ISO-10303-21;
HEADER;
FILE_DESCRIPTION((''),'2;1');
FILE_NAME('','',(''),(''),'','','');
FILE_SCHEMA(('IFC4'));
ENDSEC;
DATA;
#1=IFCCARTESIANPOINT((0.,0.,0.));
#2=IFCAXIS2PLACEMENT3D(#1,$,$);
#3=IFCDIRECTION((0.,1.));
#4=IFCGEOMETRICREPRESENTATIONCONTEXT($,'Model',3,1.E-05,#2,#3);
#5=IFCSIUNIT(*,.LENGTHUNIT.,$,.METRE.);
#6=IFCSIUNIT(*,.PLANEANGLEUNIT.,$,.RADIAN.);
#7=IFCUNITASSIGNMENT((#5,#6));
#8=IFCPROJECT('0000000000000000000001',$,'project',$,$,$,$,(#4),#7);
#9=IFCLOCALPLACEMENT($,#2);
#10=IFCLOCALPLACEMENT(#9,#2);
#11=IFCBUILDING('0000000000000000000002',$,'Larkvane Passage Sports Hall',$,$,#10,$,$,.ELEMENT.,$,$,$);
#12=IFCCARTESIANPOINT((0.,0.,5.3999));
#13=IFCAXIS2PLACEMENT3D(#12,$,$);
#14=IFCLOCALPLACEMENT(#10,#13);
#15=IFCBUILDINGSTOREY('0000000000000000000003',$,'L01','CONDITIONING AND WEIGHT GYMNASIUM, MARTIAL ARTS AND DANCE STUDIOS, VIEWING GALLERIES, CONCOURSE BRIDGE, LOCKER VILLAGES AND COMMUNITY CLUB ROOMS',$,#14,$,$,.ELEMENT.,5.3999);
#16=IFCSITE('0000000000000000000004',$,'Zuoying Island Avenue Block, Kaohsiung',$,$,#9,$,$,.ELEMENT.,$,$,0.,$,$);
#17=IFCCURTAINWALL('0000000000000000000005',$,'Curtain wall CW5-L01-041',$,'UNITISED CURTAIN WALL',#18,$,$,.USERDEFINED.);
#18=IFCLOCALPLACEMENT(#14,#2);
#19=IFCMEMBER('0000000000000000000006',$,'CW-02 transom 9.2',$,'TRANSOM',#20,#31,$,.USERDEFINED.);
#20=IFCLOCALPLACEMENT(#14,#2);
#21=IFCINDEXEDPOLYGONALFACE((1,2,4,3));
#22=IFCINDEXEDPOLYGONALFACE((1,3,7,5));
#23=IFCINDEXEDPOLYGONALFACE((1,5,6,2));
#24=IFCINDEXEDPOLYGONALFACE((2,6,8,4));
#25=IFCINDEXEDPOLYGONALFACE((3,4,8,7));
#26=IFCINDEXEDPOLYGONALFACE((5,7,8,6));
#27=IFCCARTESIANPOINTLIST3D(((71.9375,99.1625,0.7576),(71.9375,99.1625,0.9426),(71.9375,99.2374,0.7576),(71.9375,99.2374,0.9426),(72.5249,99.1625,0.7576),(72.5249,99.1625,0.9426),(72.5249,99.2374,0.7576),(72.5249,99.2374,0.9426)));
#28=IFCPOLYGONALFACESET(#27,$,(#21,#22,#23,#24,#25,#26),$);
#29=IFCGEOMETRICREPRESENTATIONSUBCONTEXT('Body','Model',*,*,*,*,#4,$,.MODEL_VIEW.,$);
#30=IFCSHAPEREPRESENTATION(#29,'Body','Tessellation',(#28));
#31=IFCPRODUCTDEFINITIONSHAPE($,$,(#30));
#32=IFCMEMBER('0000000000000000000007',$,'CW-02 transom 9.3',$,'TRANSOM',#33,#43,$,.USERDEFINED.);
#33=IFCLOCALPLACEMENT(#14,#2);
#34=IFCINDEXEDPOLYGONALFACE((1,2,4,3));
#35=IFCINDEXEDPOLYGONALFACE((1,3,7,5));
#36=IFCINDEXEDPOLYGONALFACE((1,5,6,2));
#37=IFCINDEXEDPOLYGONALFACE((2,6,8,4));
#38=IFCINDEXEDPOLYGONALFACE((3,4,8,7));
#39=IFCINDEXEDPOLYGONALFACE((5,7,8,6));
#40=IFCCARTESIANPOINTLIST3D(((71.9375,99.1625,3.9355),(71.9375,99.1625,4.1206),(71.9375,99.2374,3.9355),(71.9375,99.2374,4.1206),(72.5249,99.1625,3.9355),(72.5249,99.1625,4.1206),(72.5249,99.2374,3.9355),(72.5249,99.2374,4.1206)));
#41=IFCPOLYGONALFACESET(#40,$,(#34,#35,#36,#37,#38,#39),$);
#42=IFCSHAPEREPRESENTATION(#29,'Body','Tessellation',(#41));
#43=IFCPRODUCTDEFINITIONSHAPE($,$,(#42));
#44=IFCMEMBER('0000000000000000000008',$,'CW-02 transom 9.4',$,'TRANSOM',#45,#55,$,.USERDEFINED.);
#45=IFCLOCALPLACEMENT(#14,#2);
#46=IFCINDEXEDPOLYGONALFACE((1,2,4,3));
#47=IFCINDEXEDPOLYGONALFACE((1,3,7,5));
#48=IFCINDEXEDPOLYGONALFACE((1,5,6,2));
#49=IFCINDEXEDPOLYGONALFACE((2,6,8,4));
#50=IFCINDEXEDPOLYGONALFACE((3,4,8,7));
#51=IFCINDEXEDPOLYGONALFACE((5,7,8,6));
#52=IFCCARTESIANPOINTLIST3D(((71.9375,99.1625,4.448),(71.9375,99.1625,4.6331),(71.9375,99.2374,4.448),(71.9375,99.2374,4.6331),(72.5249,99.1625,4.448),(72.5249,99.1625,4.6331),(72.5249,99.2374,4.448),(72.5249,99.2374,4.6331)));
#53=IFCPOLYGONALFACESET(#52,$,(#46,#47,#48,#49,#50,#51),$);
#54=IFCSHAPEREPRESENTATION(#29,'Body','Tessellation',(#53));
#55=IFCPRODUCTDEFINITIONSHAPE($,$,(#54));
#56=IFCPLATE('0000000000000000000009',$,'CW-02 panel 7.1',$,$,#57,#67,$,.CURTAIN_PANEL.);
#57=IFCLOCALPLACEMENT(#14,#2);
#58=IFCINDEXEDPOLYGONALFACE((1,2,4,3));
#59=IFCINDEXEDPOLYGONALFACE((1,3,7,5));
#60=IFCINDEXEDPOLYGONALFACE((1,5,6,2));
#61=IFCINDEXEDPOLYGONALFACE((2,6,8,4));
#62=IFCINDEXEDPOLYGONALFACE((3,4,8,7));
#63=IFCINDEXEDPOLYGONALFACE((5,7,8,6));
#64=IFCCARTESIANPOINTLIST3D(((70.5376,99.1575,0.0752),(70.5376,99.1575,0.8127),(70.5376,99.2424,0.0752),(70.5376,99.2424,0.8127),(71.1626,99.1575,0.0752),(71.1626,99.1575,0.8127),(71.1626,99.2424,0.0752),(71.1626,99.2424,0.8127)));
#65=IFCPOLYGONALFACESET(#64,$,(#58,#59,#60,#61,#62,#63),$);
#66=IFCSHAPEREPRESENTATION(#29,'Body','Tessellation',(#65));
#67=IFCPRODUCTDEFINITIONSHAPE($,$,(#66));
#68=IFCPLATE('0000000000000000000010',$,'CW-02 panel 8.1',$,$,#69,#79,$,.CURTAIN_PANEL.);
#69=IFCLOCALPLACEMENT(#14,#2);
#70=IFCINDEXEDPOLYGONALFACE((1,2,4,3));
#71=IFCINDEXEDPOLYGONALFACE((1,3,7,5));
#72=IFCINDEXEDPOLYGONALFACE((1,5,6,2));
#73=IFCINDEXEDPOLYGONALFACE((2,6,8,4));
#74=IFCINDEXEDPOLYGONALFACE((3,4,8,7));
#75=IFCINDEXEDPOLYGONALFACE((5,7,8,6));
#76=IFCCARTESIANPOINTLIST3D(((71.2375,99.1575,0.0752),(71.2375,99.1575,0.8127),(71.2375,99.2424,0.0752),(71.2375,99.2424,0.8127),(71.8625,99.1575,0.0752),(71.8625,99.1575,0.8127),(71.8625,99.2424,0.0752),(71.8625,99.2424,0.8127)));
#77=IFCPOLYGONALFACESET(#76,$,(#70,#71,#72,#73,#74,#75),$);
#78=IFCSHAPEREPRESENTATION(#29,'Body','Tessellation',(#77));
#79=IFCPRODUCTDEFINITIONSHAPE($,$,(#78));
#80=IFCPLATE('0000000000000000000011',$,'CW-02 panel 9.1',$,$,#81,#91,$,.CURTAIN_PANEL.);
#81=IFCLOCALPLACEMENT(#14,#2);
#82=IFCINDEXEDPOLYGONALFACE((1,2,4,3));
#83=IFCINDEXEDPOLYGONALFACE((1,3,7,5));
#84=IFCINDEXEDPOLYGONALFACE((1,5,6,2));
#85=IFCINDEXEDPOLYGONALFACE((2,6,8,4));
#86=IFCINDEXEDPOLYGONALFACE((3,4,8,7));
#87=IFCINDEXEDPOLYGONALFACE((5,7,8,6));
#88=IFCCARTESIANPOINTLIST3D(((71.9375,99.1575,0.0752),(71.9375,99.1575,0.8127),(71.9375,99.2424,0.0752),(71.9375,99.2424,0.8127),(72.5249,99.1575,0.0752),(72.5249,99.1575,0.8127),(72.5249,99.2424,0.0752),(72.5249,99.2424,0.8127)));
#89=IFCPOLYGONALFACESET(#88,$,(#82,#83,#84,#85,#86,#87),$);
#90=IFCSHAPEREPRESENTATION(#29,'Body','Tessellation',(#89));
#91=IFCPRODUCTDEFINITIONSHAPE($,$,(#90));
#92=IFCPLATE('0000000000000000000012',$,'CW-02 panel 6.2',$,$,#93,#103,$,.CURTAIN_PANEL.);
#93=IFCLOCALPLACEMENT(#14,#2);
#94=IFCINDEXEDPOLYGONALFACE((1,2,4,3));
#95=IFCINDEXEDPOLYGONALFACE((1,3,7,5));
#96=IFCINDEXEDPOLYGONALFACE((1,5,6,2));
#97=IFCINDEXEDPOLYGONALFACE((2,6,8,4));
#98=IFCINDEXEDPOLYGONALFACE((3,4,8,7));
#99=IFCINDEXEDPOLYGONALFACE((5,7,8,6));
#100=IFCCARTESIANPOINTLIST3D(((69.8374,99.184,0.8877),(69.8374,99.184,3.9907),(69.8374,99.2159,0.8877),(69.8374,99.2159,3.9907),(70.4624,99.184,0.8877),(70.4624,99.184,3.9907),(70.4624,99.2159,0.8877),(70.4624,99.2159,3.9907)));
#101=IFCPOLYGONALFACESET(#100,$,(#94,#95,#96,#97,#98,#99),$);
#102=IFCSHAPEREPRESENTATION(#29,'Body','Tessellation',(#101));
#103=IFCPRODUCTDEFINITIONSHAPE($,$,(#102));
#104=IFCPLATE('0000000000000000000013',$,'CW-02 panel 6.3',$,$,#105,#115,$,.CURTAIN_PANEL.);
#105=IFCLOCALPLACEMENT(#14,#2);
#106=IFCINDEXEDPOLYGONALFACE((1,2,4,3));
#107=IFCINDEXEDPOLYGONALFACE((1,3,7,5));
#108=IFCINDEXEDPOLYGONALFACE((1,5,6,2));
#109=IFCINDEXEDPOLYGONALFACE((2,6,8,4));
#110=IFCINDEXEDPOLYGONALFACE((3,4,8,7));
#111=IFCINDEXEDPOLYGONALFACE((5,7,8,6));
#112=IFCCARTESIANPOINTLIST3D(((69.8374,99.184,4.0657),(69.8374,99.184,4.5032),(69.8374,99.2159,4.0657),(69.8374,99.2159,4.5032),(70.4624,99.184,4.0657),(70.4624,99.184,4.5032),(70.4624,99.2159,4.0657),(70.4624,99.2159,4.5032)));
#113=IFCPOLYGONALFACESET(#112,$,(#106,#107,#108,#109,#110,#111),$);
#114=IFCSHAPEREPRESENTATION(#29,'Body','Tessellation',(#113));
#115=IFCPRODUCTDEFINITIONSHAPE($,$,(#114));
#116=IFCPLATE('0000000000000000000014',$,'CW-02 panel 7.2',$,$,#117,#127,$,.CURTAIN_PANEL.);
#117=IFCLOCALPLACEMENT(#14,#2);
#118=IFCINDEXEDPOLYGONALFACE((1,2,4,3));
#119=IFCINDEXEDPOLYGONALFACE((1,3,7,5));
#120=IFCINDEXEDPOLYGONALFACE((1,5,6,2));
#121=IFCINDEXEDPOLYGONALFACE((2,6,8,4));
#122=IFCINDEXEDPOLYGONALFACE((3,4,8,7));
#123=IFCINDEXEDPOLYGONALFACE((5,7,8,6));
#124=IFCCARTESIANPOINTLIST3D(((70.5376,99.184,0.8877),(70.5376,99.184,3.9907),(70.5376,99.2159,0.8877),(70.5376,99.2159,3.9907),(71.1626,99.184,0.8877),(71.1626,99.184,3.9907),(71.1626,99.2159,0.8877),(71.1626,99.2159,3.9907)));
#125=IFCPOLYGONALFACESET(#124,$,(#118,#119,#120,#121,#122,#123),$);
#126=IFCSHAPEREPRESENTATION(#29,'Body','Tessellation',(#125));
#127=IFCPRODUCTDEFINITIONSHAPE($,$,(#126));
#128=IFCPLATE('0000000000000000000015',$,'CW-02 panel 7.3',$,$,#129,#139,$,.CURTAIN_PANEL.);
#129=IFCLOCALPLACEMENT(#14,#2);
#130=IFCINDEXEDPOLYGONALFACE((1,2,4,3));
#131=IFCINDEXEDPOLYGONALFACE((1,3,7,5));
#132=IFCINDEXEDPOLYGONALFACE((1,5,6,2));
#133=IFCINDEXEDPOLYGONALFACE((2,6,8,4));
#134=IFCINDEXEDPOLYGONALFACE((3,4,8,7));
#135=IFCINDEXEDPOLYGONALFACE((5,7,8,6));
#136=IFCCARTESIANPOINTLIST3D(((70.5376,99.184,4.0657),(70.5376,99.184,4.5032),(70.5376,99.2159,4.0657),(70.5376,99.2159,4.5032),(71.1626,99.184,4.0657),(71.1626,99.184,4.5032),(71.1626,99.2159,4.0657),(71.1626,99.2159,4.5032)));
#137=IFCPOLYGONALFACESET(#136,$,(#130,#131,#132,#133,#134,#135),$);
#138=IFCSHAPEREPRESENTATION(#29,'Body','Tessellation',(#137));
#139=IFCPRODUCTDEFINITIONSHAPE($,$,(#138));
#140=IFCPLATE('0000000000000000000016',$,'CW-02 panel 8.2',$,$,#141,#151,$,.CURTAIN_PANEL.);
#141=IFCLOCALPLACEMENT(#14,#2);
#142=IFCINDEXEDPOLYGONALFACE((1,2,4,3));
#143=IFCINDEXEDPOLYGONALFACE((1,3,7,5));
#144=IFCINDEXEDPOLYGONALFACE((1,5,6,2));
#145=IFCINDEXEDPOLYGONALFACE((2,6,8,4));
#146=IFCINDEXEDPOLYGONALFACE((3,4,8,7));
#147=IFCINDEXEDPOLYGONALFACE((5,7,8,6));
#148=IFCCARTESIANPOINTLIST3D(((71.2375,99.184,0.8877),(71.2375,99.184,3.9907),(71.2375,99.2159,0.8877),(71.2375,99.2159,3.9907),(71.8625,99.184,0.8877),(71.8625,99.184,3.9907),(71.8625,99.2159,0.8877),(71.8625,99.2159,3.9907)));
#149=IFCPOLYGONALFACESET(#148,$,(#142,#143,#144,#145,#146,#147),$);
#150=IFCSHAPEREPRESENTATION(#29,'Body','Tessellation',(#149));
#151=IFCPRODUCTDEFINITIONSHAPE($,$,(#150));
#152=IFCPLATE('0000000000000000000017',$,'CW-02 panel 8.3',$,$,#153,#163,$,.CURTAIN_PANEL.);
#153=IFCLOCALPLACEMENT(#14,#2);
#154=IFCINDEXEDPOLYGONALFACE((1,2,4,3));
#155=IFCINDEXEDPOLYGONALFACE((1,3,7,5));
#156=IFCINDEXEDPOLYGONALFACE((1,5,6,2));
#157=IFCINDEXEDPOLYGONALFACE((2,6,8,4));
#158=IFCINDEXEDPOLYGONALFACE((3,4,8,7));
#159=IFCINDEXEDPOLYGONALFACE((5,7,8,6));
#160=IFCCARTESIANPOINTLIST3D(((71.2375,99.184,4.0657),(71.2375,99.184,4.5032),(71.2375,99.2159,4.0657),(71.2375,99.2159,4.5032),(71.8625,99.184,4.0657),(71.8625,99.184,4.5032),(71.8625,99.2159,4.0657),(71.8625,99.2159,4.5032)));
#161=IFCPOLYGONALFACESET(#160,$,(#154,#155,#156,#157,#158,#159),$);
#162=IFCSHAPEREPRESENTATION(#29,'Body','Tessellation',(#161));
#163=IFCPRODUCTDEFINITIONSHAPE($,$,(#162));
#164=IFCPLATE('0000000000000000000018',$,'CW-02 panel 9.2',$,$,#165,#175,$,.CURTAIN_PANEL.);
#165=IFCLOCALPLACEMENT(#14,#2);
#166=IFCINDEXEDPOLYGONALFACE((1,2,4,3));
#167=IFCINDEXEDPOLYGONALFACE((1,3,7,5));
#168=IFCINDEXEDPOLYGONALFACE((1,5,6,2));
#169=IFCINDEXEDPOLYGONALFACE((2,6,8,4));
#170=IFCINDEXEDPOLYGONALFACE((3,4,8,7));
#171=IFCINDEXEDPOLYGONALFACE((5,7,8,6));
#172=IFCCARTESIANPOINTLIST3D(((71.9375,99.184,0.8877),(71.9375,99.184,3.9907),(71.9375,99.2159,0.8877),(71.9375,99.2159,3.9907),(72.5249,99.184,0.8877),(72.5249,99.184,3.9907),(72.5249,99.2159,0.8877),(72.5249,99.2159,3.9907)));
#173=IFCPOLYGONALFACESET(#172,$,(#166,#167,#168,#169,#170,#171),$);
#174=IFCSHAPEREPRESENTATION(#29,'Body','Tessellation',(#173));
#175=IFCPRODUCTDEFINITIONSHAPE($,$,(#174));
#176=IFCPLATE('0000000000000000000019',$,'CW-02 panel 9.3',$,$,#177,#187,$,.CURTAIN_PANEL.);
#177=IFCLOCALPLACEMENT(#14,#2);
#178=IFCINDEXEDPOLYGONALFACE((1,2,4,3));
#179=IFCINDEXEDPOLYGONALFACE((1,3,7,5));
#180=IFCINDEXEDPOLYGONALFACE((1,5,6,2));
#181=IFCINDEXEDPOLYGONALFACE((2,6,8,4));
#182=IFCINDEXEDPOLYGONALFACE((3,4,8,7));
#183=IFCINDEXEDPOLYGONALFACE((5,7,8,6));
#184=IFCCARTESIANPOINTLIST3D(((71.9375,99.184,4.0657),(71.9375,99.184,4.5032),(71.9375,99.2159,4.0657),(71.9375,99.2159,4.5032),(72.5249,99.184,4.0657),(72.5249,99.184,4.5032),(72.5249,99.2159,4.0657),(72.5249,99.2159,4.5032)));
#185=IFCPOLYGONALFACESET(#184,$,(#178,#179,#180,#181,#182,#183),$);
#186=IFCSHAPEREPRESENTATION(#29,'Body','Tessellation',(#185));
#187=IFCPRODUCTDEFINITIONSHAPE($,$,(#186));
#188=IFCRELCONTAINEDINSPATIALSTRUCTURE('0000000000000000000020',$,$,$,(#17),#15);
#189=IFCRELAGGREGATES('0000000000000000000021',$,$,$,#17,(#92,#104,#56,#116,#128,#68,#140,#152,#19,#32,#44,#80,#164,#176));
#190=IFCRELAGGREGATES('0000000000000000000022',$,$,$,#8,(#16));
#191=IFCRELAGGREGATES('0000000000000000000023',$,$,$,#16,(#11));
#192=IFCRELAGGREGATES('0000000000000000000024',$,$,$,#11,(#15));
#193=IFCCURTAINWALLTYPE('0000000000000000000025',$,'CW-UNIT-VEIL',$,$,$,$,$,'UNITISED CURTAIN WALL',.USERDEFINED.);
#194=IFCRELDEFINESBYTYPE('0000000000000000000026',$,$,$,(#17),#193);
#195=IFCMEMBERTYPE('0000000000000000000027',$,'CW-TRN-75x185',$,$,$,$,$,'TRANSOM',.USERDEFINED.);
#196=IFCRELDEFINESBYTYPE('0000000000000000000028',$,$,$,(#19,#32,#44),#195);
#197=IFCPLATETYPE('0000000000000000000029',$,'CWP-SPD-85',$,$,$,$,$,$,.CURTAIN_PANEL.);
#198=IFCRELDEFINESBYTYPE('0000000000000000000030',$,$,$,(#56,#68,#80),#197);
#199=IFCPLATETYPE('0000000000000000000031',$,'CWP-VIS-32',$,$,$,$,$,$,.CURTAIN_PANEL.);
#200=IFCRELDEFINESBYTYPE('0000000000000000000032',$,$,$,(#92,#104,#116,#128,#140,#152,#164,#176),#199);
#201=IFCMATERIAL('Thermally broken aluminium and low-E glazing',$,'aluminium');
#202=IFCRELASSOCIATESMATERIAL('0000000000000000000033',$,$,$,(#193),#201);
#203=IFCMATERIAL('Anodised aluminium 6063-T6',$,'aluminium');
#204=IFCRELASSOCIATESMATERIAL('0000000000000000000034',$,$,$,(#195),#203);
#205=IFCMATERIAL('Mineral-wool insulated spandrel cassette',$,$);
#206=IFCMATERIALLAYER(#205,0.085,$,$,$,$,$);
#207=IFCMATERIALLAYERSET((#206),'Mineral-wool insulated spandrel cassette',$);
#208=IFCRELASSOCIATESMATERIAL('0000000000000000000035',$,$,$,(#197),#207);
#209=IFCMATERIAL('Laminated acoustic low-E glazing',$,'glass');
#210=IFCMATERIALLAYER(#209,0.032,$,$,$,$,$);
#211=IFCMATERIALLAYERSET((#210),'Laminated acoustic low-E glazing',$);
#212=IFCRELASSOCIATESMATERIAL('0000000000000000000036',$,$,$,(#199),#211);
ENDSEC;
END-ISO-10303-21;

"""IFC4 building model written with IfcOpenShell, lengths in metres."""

from ifc_helpers import new_model, si_unit, direction, frame, origin, origin_2d, place, context, subcontext, project, spatial, rectangle, extrude, material, layer, layer_set, material_profile, profile_set, type_object, element, aggregate, save


model = new_model("IFC4")

# Units and contexts
model_context = context("Model", 3, precision=1e-05, world=origin(), true_north=direction((0.0, 1.0)))
body_context = subcontext(model_context, "Body", "Model", "MODEL_VIEW")
ifc_project = project(units=[si_unit("LENGTHUNIT", "METRE"), si_unit("PLANEANGLEUNIT", "RADIAN")], contexts=[model_context])

# Site, building, storey
site_placement = place(None, origin())
site = spatial("IfcSite", under=ifc_project, at=site_placement, Name="Zuoying Island Avenue Block, Kaohsiung", CompositionType="ELEMENT", RefElevation=0.0)
building_placement = place(site_placement, origin())
building = spatial("IfcBuilding", under=site, at=building_placement, Name="Larkvane Passage Sports Hall", CompositionType="ELEMENT")
storey_placement = place(building_placement, frame((0.0, 0.0, 5.3999)))
storey = spatial("IfcBuildingStorey", under=building, at=storey_placement, Name="L01", Description="CONDITIONING AND WEIGHT GYMNASIUM, MARTIAL ARTS AND DANCE STUDIOS, VIEWING GALLERIES, CONCOURSE BRIDGE, LOCKER VILLAGES AND COMMUNITY CLUB ROOMS", CompositionType="ELEMENT", Elevation=5.3999)

# Curtain wall
ifc_material_1 = material(Name="Thermally broken aluminium and low-E glazing", Category="aluminium")
curtain_wall_type_1 = type_object("IfcCurtainWallType", Name="CW-UNIT-VEIL", ElementType="UNITISED CURTAIN WALL", PredefinedType="USERDEFINED", material=ifc_material_1)
curtain_wall_1_placement = place(storey_placement, origin())
curtain_wall_1 = element("IfcCurtainWall", 1, at=curtain_wall_1_placement, inside=storey, type_object=curtain_wall_type_1, Name="Curtain wall CW5-L01-041", ObjectType="UNITISED CURTAIN WALL", PredefinedType="USERDEFINED")
ifc_material_2 = material(Name="Anodised aluminium 6063-T6", Category="aluminium")

# Members
ifc_material_profile_1 = material_profile(ifc_material_2, rectangle(XDim=0.075, YDim=0.1851, at=origin_2d()), Name="ALU-TRN-75x185")
ifc_profile_set_1 = profile_set([ifc_material_profile_1], Name="Anodised aluminium 6063-T6")
member_type_1 = type_object("IfcMemberType", Name="CW-TRN-75x185", ElementType="TRANSOM", PredefinedType="USERDEFINED", material=ifc_profile_set_1)
member_1_placement = place(storey_placement, frame((71.9375, 99.2, 0.8501), z_axis=(1.0, 0.0, 0.0), x_axis=(0.0, 1.0, 0.0)))
member_1 = element("IfcMember", 2, at=member_1_placement, type_object=member_type_1, Name="CW-02 transom 9.2", ObjectType="TRANSOM", PredefinedType="USERDEFINED", context=body_context, shape_type="SweptSolid", body=[
    extrude(rectangle(XDim=0.075, YDim=0.1851, at=origin_2d()), origin(), (0.0, 0.0, 1.0), 0.5874),
])
member_2_placement = place(storey_placement, frame((71.9375, 99.2, 4.0281), z_axis=(1.0, 0.0, 0.0), x_axis=(0.0, 1.0, 0.0)))
member_2 = element("IfcMember", 3, at=member_2_placement, type_object=member_type_1, Name="CW-02 transom 9.3", ObjectType="TRANSOM", PredefinedType="USERDEFINED", context=body_context, shape_type="SweptSolid", body=[
    extrude(rectangle(XDim=0.075, YDim=0.1851, at=origin_2d()), origin(), (0.0, 0.0, 1.0), 0.5874),
])
member_3_placement = place(storey_placement, frame((71.9375, 99.2, 4.5405), z_axis=(1.0, 0.0, 0.0), x_axis=(0.0, 1.0, 0.0)))
member_3 = element("IfcMember", 4, at=member_3_placement, type_object=member_type_1, Name="CW-02 transom 9.4", ObjectType="TRANSOM", PredefinedType="USERDEFINED", context=body_context, shape_type="SweptSolid", body=[
    extrude(rectangle(XDim=0.075, YDim=0.1851, at=origin_2d()), origin(), (0.0, 0.0, 1.0), 0.5874),
])

# Plates
ifc_material_3 = material(Name="Mineral-wool insulated spandrel cassette")
ifc_layer_1 = layer(ifc_material_3, 0.085)
ifc_layer_set_1 = layer_set([ifc_layer_1], Name="Mineral-wool insulated spandrel cassette")
plate_type_1 = type_object("IfcPlateType", Name="CWP-SPD-85", PredefinedType="CURTAIN_PANEL", material=ifc_layer_set_1)
plate_1_placement = place(storey_placement, frame((70.8501, 99.2, 0.0752), z_axis=(0.0, 0.0, 1.0), x_axis=(1.0, 0.0, 0.0)))
plate_1 = element("IfcPlate", 5, at=plate_1_placement, type_object=plate_type_1, Name="CW-02 panel 7.1", PredefinedType="CURTAIN_PANEL", context=body_context, shape_type="SweptSolid", body=[
    extrude(rectangle(XDim=0.625, YDim=0.085, at=origin_2d()), origin(), (0.0, 0.0, 1.0), 0.7375),
])
plate_2_placement = place(storey_placement, frame((71.55, 99.2, 0.0752), z_axis=(0.0, 0.0, 1.0), x_axis=(1.0, 0.0, 0.0)))
plate_2 = element("IfcPlate", 6, at=plate_2_placement, type_object=plate_type_1, Name="CW-02 panel 8.1", PredefinedType="CURTAIN_PANEL", context=body_context, shape_type="SweptSolid", body=[
    extrude(rectangle(XDim=0.625, YDim=0.085, at=origin_2d()), origin(), (0.0, 0.0, 1.0), 0.7375),
])
plate_3_placement = place(storey_placement, frame((72.2312, 99.2, 0.0752), z_axis=(0.0, 0.0, 1.0), x_axis=(1.0, 0.0, 0.0)))
plate_3 = element("IfcPlate", 7, at=plate_3_placement, type_object=plate_type_1, Name="CW-02 panel 9.1", PredefinedType="CURTAIN_PANEL", context=body_context, shape_type="SweptSolid", body=[
    extrude(rectangle(XDim=0.5874, YDim=0.085, at=origin_2d()), origin(), (0.0, 0.0, 1.0), 0.7375),
])
ifc_material_4 = material(Name="Laminated acoustic low-E glazing", Category="glass")
ifc_layer_2 = layer(ifc_material_4, 0.032)
ifc_layer_set_2 = layer_set([ifc_layer_2], Name="Laminated acoustic low-E glazing")
plate_type_2 = type_object("IfcPlateType", Name="CWP-VIS-32", PredefinedType="CURTAIN_PANEL", material=ifc_layer_set_2)
plate_4_placement = place(storey_placement, frame((70.1499, 99.2, 0.8877), z_axis=(0.0, 0.0, 1.0), x_axis=(1.0, 0.0, 0.0)))
plate_4 = element("IfcPlate", 8, at=plate_4_placement, type_object=plate_type_2, Name="CW-02 panel 6.2", PredefinedType="CURTAIN_PANEL", context=body_context, shape_type="SweptSolid", body=[
    extrude(rectangle(XDim=0.625, YDim=0.032, at=origin_2d()), origin(), (0.0, 0.0, 1.0), 3.103),
])
plate_5_placement = place(storey_placement, frame((70.1499, 99.2, 4.0657), z_axis=(0.0, 0.0, 1.0), x_axis=(1.0, 0.0, 0.0)))
plate_5 = element("IfcPlate", 9, at=plate_5_placement, type_object=plate_type_2, Name="CW-02 panel 6.3", PredefinedType="CURTAIN_PANEL", context=body_context, shape_type="SweptSolid", body=[
    extrude(rectangle(XDim=0.625, YDim=0.032, at=origin_2d()), origin(), (0.0, 0.0, 1.0), 0.4375),
])
plate_6_placement = place(storey_placement, frame((70.8501, 99.2, 0.8877), z_axis=(0.0, 0.0, 1.0), x_axis=(1.0, 0.0, 0.0)))
plate_6 = element("IfcPlate", 10, at=plate_6_placement, type_object=plate_type_2, Name="CW-02 panel 7.2", PredefinedType="CURTAIN_PANEL", context=body_context, shape_type="SweptSolid", body=[
    extrude(rectangle(XDim=0.625, YDim=0.032, at=origin_2d()), origin(), (0.0, 0.0, 1.0), 3.103),
])
plate_7_placement = place(storey_placement, frame((70.8501, 99.2, 4.0657), z_axis=(0.0, 0.0, 1.0), x_axis=(1.0, 0.0, 0.0)))
plate_7 = element("IfcPlate", 11, at=plate_7_placement, type_object=plate_type_2, Name="CW-02 panel 7.3", PredefinedType="CURTAIN_PANEL", context=body_context, shape_type="SweptSolid", body=[
    extrude(rectangle(XDim=0.625, YDim=0.032, at=origin_2d()), origin(), (0.0, 0.0, 1.0), 0.4375),
])
plate_8_placement = place(storey_placement, frame((71.55, 99.2, 0.8877), z_axis=(0.0, 0.0, 1.0), x_axis=(1.0, 0.0, 0.0)))
plate_8 = element("IfcPlate", 12, at=plate_8_placement, type_object=plate_type_2, Name="CW-02 panel 8.2", PredefinedType="CURTAIN_PANEL", context=body_context, shape_type="SweptSolid", body=[
    extrude(rectangle(XDim=0.625, YDim=0.032, at=origin_2d()), origin(), (0.0, 0.0, 1.0), 3.103),
])
plate_9_placement = place(storey_placement, frame((71.55, 99.2, 4.0657), z_axis=(0.0, 0.0, 1.0), x_axis=(1.0, 0.0, 0.0)))
plate_9 = element("IfcPlate", 13, at=plate_9_placement, type_object=plate_type_2, Name="CW-02 panel 8.3", PredefinedType="CURTAIN_PANEL", context=body_context, shape_type="SweptSolid", body=[
    extrude(rectangle(XDim=0.625, YDim=0.032, at=origin_2d()), origin(), (0.0, 0.0, 1.0), 0.4375),
])
plate_10_placement = place(storey_placement, frame((72.2312, 99.2, 0.8877), z_axis=(0.0, 0.0, 1.0), x_axis=(1.0, 0.0, 0.0)))
plate_10 = element("IfcPlate", 14, at=plate_10_placement, type_object=plate_type_2, Name="CW-02 panel 9.2", PredefinedType="CURTAIN_PANEL", context=body_context, shape_type="SweptSolid", body=[
    extrude(rectangle(XDim=0.5874, YDim=0.032, at=origin_2d()), origin(), (0.0, 0.0, 1.0), 3.103),
])
plate_11_placement = place(storey_placement, frame((72.2312, 99.2, 4.0657), z_axis=(0.0, 0.0, 1.0), x_axis=(1.0, 0.0, 0.0)))
plate_11 = element("IfcPlate", 15, at=plate_11_placement, type_object=plate_type_2, Name="CW-02 panel 9.3", PredefinedType="CURTAIN_PANEL", context=body_context, shape_type="SweptSolid", body=[
    extrude(rectangle(XDim=0.5874, YDim=0.032, at=origin_2d()), origin(), (0.0, 0.0, 1.0), 0.4375),
])
aggregate(curtain_wall_1, [plate_4, plate_5, plate_1, plate_6, plate_7, plate_2, plate_8, plate_9, member_1, member_2, member_3, plate_3, plate_10, plate_11])

save(model, "model.ifc")
